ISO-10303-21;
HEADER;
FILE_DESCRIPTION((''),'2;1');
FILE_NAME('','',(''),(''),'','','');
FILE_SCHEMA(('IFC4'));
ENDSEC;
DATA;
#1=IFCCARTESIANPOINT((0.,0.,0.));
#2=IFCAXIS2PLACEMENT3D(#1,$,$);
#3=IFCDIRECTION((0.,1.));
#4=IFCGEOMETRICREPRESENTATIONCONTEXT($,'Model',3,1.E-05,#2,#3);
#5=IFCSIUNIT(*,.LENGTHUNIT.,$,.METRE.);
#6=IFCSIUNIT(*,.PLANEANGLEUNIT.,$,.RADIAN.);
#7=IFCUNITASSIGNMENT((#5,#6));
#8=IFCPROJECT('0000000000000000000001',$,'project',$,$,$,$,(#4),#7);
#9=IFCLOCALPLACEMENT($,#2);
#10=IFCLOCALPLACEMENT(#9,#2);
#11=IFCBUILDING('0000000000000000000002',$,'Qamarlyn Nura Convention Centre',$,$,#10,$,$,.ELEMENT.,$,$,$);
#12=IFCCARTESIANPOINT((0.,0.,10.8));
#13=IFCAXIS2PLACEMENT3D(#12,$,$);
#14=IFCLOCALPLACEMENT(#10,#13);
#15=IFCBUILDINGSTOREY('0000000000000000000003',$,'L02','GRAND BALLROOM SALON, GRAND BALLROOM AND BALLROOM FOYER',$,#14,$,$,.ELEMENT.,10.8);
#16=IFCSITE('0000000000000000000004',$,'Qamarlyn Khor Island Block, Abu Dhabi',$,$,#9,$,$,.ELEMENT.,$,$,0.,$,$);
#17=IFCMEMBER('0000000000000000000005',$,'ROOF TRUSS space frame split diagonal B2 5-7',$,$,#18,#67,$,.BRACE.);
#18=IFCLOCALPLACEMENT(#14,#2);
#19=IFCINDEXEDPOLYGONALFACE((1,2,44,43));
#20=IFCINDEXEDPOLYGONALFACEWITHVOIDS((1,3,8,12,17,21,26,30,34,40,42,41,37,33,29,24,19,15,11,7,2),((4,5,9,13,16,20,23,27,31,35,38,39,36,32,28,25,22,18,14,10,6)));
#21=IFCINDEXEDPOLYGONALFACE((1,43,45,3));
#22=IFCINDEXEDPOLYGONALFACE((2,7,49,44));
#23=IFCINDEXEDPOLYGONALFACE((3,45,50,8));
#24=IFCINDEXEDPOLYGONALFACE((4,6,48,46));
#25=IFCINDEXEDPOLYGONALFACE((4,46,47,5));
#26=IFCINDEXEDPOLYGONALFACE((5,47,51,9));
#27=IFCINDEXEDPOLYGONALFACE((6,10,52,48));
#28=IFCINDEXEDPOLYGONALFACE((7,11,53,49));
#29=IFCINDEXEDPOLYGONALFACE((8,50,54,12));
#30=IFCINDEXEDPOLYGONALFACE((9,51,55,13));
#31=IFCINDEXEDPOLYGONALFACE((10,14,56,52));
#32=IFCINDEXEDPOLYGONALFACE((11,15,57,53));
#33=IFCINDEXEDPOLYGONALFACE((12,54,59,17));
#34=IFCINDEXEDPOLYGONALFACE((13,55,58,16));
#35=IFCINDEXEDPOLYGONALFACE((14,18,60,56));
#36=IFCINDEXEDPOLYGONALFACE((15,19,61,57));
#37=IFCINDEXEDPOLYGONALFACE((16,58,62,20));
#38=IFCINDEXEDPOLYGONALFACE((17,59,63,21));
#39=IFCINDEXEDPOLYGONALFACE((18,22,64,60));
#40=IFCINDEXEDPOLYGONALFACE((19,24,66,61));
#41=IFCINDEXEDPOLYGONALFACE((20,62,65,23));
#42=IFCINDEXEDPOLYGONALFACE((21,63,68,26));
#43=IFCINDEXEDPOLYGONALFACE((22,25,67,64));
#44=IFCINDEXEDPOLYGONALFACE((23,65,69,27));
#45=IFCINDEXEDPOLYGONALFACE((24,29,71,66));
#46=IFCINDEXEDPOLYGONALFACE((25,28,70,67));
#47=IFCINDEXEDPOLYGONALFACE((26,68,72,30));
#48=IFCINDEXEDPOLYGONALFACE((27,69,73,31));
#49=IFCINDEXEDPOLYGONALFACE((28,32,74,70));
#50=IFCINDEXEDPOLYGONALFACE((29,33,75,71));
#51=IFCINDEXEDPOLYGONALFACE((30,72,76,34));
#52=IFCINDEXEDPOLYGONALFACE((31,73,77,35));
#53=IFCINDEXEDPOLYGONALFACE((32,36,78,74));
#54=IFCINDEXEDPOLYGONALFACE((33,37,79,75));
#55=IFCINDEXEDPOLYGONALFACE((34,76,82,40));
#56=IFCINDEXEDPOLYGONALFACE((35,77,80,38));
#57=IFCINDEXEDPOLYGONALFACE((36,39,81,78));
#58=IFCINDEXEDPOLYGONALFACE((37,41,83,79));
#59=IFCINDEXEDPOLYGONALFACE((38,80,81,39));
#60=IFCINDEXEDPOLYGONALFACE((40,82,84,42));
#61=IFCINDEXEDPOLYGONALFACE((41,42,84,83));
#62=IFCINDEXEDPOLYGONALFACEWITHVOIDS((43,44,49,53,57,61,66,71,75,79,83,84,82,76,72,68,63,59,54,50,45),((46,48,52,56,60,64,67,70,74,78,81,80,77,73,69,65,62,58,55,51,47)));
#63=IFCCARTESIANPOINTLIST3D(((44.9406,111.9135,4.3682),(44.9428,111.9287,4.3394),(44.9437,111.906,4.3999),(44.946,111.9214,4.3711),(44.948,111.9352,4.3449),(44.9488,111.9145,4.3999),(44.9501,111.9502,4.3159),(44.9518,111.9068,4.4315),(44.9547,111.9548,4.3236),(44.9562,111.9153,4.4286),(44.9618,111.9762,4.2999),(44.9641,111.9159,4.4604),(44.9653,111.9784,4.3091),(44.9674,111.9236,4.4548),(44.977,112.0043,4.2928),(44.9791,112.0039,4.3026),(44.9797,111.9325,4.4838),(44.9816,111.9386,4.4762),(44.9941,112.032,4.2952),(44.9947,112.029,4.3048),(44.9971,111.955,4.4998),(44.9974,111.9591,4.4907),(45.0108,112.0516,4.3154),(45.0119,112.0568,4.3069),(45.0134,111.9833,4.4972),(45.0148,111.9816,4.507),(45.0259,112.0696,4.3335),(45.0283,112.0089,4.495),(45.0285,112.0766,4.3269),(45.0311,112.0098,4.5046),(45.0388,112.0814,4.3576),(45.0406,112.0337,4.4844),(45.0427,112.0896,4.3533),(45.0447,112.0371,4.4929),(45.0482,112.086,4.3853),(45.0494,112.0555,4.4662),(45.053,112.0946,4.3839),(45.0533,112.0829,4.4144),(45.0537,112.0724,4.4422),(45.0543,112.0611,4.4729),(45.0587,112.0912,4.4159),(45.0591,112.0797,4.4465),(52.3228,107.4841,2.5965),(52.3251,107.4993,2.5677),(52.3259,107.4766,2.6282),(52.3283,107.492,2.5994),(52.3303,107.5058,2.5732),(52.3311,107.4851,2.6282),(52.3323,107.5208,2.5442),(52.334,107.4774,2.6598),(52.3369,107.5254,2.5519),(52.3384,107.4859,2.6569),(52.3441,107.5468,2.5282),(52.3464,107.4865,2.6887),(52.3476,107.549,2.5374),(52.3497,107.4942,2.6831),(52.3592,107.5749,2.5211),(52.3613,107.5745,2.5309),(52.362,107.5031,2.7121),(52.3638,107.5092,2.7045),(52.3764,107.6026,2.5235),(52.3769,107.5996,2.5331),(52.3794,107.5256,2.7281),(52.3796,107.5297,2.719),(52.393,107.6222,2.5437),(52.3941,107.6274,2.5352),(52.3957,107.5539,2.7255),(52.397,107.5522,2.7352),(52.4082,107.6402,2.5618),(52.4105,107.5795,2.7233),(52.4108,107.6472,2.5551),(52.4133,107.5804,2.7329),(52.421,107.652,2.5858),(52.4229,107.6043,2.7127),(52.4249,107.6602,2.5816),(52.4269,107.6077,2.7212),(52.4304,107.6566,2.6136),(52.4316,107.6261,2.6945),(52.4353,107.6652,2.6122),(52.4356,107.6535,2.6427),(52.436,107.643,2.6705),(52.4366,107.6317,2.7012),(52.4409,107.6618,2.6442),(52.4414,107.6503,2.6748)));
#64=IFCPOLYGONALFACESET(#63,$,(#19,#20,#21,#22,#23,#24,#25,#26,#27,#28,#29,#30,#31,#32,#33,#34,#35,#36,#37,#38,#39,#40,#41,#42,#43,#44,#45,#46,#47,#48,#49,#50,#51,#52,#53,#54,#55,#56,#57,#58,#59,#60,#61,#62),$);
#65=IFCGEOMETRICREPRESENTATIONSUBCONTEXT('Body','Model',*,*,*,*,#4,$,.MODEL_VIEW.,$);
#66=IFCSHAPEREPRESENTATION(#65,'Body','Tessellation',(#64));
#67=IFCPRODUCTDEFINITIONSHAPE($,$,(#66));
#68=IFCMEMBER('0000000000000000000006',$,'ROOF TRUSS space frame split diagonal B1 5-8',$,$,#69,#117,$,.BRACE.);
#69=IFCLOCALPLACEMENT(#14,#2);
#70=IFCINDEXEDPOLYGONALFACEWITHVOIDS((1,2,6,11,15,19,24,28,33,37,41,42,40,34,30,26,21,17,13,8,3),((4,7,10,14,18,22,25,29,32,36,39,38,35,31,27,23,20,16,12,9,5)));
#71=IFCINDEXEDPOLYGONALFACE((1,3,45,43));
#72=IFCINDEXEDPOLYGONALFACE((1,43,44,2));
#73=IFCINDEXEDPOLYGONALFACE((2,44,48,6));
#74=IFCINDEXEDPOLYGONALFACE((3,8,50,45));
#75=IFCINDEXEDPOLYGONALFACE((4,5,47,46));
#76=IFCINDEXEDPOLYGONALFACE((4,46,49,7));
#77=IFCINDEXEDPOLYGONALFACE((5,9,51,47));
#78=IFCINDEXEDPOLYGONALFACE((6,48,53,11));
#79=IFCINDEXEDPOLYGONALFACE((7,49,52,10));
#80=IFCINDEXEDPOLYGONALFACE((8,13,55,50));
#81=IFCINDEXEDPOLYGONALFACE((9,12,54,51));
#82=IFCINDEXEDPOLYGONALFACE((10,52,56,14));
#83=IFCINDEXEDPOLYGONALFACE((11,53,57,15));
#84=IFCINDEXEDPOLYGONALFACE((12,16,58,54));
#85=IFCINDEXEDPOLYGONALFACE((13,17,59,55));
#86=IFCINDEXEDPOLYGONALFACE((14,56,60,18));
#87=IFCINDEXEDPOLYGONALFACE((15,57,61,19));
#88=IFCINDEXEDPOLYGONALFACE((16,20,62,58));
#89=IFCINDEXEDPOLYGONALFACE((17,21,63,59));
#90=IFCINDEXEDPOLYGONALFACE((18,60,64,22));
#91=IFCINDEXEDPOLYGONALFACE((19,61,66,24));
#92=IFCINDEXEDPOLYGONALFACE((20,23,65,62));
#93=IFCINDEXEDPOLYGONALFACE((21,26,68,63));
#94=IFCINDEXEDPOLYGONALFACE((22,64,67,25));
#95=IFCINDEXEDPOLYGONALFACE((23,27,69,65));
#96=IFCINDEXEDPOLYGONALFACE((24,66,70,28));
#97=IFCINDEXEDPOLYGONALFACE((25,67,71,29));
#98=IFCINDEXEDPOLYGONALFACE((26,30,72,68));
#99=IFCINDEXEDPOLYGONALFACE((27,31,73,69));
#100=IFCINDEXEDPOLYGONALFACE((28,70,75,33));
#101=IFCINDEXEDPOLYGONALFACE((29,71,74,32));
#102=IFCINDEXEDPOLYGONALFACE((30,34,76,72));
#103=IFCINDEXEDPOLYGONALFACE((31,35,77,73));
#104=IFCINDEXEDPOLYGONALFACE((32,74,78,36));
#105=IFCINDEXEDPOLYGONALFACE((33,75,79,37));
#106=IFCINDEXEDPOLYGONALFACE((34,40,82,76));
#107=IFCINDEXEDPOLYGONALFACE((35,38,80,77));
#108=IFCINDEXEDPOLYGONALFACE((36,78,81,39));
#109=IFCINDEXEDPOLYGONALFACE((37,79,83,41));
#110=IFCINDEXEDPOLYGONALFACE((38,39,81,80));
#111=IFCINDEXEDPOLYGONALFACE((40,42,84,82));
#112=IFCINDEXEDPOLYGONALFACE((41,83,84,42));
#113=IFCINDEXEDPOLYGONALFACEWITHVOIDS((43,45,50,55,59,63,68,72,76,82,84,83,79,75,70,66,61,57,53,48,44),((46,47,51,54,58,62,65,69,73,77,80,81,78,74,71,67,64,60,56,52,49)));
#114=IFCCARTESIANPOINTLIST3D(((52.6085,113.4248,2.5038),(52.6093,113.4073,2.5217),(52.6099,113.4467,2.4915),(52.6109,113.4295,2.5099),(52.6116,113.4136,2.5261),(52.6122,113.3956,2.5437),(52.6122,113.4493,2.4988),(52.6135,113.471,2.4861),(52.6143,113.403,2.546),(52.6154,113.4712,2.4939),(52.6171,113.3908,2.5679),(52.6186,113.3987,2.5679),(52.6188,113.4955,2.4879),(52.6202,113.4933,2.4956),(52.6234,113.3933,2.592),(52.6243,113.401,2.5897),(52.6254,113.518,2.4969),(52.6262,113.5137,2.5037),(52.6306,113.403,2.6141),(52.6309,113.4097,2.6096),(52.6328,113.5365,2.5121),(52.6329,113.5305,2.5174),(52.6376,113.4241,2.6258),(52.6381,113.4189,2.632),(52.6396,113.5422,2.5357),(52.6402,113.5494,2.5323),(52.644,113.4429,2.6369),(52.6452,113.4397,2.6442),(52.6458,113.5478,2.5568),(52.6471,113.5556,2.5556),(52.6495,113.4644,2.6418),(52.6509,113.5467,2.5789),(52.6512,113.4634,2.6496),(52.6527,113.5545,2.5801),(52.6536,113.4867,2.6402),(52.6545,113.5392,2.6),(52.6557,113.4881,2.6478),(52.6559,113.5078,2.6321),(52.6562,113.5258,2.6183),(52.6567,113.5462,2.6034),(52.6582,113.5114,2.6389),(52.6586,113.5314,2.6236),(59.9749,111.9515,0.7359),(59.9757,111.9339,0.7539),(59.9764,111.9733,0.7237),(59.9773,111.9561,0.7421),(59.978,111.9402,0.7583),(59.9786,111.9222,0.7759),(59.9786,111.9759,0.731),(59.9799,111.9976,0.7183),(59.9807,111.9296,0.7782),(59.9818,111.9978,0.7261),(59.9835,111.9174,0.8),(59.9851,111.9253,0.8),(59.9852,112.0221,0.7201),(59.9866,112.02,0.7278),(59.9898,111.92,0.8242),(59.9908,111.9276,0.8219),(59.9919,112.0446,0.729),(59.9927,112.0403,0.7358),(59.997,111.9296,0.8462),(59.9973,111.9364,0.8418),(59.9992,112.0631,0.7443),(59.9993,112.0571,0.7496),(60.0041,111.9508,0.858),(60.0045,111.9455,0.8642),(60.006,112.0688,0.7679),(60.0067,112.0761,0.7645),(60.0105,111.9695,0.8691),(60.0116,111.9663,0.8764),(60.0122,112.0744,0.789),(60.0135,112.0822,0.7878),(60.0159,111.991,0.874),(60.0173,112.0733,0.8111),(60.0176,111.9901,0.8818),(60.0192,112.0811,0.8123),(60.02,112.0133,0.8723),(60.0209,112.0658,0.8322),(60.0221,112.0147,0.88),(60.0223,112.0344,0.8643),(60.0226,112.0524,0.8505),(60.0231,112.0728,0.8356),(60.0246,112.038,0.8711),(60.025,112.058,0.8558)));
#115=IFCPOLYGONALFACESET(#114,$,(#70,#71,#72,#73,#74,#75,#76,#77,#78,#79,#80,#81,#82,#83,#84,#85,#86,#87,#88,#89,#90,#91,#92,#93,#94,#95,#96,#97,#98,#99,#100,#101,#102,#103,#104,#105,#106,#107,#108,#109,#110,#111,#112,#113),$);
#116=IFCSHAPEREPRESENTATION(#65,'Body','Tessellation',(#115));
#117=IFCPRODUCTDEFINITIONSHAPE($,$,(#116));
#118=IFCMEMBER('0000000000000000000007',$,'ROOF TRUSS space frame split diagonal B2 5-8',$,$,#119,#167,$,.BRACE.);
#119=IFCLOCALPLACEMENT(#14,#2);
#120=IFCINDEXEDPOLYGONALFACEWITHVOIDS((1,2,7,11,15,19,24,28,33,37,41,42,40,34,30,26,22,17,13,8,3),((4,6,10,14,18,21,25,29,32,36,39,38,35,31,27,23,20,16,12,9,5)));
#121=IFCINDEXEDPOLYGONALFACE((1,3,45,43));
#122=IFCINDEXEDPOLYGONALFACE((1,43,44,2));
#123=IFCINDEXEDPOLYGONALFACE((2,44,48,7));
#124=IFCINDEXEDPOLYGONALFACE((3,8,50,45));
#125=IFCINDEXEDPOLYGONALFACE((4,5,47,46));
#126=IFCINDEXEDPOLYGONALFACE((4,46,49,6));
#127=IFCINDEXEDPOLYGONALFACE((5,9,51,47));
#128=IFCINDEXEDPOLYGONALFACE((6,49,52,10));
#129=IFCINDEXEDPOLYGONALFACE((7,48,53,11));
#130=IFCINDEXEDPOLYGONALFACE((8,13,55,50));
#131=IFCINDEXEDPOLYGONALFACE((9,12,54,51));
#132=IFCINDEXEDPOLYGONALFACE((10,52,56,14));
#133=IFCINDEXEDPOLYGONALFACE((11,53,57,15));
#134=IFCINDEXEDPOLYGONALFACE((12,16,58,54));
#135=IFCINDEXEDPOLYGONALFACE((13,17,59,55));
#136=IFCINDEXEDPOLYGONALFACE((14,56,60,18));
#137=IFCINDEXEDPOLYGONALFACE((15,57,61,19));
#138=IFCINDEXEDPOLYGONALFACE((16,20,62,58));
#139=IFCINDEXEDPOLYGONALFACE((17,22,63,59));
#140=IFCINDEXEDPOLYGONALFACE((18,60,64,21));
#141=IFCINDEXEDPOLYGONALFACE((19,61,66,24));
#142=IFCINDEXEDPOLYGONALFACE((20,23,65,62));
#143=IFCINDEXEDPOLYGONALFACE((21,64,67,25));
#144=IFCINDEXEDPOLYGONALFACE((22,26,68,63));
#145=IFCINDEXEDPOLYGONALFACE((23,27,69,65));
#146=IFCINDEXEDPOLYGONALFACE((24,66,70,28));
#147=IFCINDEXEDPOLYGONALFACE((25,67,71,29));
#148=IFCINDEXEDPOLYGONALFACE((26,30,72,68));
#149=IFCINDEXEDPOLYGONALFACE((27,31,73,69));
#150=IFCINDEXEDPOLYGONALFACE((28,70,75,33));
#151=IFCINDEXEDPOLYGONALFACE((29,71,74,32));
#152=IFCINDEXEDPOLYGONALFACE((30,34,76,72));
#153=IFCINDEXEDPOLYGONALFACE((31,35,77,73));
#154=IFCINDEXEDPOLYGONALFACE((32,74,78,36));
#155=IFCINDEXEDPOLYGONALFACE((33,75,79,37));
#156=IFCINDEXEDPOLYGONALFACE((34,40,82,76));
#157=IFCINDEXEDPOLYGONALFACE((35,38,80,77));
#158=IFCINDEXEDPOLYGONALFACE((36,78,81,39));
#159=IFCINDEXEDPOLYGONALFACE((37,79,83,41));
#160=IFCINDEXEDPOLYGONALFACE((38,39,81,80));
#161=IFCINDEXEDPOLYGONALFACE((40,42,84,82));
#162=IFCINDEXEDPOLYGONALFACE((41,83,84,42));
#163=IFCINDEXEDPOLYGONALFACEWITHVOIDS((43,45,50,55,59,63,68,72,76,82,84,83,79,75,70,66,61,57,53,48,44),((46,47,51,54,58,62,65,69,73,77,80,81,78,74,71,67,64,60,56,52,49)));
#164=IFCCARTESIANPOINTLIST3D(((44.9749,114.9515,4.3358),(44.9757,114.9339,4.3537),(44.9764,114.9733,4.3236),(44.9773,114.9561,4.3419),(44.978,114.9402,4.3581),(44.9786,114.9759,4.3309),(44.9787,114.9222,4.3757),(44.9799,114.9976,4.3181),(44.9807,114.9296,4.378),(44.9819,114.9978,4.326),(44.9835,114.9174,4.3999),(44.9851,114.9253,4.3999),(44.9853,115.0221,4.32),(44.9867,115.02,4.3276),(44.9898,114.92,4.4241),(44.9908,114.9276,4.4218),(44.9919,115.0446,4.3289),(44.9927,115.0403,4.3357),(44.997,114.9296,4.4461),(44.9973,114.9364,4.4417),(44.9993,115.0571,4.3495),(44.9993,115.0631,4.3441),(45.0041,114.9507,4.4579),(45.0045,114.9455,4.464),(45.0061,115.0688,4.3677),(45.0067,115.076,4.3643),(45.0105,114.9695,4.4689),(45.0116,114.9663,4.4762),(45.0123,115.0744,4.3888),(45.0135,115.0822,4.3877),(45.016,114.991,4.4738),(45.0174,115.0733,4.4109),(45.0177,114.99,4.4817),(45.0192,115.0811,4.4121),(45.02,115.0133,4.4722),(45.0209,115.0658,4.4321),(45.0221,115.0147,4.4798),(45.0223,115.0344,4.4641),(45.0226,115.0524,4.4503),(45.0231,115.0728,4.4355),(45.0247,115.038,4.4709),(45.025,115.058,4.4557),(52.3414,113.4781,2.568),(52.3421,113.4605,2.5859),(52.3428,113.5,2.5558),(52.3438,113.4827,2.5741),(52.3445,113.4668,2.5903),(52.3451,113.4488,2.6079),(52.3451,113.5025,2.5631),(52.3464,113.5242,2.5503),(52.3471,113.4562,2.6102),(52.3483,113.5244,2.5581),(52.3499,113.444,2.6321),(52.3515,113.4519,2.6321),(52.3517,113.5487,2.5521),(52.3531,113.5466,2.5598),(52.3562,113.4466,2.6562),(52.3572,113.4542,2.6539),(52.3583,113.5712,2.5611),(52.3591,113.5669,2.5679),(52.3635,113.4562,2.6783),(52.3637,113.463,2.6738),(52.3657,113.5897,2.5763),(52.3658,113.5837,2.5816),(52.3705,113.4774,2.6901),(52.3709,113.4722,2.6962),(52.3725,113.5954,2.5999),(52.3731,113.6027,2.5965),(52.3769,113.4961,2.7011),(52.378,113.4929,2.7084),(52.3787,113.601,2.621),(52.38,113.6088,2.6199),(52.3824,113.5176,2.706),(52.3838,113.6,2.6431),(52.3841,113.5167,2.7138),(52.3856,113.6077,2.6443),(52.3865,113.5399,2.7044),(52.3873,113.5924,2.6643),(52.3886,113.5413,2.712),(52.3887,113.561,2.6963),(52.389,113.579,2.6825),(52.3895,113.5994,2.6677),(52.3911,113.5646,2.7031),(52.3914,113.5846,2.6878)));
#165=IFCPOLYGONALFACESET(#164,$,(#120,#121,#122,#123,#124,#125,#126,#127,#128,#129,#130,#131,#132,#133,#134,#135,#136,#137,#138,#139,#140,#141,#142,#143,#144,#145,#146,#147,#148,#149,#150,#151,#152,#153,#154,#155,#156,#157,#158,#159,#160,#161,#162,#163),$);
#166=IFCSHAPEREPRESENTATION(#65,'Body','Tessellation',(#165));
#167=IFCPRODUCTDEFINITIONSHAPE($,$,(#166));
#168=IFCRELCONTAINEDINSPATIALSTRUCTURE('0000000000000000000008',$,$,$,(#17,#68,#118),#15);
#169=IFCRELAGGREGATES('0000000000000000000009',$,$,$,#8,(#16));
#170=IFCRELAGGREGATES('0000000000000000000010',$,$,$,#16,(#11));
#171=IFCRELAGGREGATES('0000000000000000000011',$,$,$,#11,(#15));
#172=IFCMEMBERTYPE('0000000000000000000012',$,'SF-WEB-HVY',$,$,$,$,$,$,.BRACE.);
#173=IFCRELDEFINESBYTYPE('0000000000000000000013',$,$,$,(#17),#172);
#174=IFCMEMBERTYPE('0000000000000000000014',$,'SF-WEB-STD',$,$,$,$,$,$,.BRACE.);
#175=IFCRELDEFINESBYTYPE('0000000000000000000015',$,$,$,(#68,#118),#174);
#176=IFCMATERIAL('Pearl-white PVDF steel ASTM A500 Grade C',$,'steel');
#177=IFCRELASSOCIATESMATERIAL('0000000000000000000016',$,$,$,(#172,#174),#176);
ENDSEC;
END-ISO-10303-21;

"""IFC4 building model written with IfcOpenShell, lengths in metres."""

from ifc_helpers import new_model, si_unit, direction, frame, origin, origin_2d, place, context, subcontext, project, spatial, hollow_circle, extrude, material, material_profile, profile_set, type_object, element, save


model = new_model("IFC4")

# Units and contexts
model_context = context("Model", 3, precision=1e-05, world=origin(), true_north=direction((0.0, 1.0)))
body_context = subcontext(model_context, "Body", "Model", "MODEL_VIEW")
ifc_project = project(units=[si_unit("LENGTHUNIT", "METRE"), si_unit("PLANEANGLEUNIT", "RADIAN")], contexts=[model_context])

# Site, building, storey
site_placement = place(None, origin())
site = spatial("IfcSite", under=ifc_project, at=site_placement, Name="Qamarlyn Khor Island Block, Abu Dhabi", CompositionType="ELEMENT", RefElevation=0.0)
building_placement = place(site_placement, origin())
building = spatial("IfcBuilding", under=site, at=building_placement, Name="Qamarlyn Nura Convention Centre", CompositionType="ELEMENT")
storey_placement = place(building_placement, frame((0.0, 0.0, 10.8)))
storey = spatial("IfcBuildingStorey", under=building, at=storey_placement, Name="L02", Description="GRAND BALLROOM SALON, GRAND BALLROOM AND BALLROOM FOYER", CompositionType="ELEMENT", Elevation=10.8)

# Members
ifc_material_1 = material(Name="Pearl-white PVDF steel ASTM A500 Grade C", Category="steel")
ifc_material_profile_1 = material_profile(ifc_material_1, hollow_circle(Radius=0.1096, WallThickness=0.01, at=origin_2d()), Name="CHS219.1X10")
ifc_profile_set_1 = profile_set([ifc_material_profile_1], Name="Pearl-white PVDF steel ASTM A500 Grade C")
member_type_1 = type_object("IfcMemberType", Name="SF-WEB-HVY", PredefinedType="BRACE", material=ifc_profile_set_1)
member_1_placement = place(storey_placement, frame((52.3823, 107.5706, 2.6282), z_axis=(-0.83989, 0.503939, 0.20157), x_axis=(-0.5145, -0.85749, 0.0)))
element("IfcMember", 1, at=member_1_placement, inside=storey, type_object=member_type_1, Name="ROOF TRUSS space frame split diagonal B2 5-7", PredefinedType="BRACE", context=body_context, shape_type="SweptSolid", body=[
    extrude(hollow_circle(Radius=0.1096, WallThickness=0.01, at=origin_2d()), origin(), (0.0, 0.0, 1.0), 8.7896),
])
ifc_material_profile_2 = material_profile(ifc_material_1, hollow_circle(Radius=0.0842, WallThickness=0.0081, at=origin_2d()), Name="CHS168.3X8")
ifc_profile_set_2 = profile_set([ifc_material_profile_2], Name="Pearl-white PVDF steel ASTM A500 Grade C")
member_type_2 = type_object("IfcMemberType", Name="SF-WEB-STD", PredefinedType="BRACE", material=ifc_profile_set_2)
for number, where, z_axis, x_axis, name in (
    (2, (60.0, 112.0, 0.8), (-0.954506, 0.190914, 0.229065), (-0.196129, -0.980578, 0.0), "ROOF TRUSS space frame split diagonal B1 5-8"),
    (3, (52.3665, 113.5266, 2.6321), (-0.954506, 0.190914, 0.229065), (-0.196129, -0.980578, 0.0), "ROOF TRUSS space frame split diagonal B2 5-8"),
):
    element("IfcMember", number, at=place(storey_placement, frame(where, z_axis=z_axis, x_axis=x_axis)), inside=storey, type_object=member_type_2, Name=name, PredefinedType="BRACE", context=body_context, shape_type="SweptSolid", body=[
        extrude(hollow_circle(Radius=0.0842, WallThickness=0.0081, at=origin_2d()), origin(), (0.0, 0.0, 1.0), 7.7175),
    ])

save(model, "model.ifc")
